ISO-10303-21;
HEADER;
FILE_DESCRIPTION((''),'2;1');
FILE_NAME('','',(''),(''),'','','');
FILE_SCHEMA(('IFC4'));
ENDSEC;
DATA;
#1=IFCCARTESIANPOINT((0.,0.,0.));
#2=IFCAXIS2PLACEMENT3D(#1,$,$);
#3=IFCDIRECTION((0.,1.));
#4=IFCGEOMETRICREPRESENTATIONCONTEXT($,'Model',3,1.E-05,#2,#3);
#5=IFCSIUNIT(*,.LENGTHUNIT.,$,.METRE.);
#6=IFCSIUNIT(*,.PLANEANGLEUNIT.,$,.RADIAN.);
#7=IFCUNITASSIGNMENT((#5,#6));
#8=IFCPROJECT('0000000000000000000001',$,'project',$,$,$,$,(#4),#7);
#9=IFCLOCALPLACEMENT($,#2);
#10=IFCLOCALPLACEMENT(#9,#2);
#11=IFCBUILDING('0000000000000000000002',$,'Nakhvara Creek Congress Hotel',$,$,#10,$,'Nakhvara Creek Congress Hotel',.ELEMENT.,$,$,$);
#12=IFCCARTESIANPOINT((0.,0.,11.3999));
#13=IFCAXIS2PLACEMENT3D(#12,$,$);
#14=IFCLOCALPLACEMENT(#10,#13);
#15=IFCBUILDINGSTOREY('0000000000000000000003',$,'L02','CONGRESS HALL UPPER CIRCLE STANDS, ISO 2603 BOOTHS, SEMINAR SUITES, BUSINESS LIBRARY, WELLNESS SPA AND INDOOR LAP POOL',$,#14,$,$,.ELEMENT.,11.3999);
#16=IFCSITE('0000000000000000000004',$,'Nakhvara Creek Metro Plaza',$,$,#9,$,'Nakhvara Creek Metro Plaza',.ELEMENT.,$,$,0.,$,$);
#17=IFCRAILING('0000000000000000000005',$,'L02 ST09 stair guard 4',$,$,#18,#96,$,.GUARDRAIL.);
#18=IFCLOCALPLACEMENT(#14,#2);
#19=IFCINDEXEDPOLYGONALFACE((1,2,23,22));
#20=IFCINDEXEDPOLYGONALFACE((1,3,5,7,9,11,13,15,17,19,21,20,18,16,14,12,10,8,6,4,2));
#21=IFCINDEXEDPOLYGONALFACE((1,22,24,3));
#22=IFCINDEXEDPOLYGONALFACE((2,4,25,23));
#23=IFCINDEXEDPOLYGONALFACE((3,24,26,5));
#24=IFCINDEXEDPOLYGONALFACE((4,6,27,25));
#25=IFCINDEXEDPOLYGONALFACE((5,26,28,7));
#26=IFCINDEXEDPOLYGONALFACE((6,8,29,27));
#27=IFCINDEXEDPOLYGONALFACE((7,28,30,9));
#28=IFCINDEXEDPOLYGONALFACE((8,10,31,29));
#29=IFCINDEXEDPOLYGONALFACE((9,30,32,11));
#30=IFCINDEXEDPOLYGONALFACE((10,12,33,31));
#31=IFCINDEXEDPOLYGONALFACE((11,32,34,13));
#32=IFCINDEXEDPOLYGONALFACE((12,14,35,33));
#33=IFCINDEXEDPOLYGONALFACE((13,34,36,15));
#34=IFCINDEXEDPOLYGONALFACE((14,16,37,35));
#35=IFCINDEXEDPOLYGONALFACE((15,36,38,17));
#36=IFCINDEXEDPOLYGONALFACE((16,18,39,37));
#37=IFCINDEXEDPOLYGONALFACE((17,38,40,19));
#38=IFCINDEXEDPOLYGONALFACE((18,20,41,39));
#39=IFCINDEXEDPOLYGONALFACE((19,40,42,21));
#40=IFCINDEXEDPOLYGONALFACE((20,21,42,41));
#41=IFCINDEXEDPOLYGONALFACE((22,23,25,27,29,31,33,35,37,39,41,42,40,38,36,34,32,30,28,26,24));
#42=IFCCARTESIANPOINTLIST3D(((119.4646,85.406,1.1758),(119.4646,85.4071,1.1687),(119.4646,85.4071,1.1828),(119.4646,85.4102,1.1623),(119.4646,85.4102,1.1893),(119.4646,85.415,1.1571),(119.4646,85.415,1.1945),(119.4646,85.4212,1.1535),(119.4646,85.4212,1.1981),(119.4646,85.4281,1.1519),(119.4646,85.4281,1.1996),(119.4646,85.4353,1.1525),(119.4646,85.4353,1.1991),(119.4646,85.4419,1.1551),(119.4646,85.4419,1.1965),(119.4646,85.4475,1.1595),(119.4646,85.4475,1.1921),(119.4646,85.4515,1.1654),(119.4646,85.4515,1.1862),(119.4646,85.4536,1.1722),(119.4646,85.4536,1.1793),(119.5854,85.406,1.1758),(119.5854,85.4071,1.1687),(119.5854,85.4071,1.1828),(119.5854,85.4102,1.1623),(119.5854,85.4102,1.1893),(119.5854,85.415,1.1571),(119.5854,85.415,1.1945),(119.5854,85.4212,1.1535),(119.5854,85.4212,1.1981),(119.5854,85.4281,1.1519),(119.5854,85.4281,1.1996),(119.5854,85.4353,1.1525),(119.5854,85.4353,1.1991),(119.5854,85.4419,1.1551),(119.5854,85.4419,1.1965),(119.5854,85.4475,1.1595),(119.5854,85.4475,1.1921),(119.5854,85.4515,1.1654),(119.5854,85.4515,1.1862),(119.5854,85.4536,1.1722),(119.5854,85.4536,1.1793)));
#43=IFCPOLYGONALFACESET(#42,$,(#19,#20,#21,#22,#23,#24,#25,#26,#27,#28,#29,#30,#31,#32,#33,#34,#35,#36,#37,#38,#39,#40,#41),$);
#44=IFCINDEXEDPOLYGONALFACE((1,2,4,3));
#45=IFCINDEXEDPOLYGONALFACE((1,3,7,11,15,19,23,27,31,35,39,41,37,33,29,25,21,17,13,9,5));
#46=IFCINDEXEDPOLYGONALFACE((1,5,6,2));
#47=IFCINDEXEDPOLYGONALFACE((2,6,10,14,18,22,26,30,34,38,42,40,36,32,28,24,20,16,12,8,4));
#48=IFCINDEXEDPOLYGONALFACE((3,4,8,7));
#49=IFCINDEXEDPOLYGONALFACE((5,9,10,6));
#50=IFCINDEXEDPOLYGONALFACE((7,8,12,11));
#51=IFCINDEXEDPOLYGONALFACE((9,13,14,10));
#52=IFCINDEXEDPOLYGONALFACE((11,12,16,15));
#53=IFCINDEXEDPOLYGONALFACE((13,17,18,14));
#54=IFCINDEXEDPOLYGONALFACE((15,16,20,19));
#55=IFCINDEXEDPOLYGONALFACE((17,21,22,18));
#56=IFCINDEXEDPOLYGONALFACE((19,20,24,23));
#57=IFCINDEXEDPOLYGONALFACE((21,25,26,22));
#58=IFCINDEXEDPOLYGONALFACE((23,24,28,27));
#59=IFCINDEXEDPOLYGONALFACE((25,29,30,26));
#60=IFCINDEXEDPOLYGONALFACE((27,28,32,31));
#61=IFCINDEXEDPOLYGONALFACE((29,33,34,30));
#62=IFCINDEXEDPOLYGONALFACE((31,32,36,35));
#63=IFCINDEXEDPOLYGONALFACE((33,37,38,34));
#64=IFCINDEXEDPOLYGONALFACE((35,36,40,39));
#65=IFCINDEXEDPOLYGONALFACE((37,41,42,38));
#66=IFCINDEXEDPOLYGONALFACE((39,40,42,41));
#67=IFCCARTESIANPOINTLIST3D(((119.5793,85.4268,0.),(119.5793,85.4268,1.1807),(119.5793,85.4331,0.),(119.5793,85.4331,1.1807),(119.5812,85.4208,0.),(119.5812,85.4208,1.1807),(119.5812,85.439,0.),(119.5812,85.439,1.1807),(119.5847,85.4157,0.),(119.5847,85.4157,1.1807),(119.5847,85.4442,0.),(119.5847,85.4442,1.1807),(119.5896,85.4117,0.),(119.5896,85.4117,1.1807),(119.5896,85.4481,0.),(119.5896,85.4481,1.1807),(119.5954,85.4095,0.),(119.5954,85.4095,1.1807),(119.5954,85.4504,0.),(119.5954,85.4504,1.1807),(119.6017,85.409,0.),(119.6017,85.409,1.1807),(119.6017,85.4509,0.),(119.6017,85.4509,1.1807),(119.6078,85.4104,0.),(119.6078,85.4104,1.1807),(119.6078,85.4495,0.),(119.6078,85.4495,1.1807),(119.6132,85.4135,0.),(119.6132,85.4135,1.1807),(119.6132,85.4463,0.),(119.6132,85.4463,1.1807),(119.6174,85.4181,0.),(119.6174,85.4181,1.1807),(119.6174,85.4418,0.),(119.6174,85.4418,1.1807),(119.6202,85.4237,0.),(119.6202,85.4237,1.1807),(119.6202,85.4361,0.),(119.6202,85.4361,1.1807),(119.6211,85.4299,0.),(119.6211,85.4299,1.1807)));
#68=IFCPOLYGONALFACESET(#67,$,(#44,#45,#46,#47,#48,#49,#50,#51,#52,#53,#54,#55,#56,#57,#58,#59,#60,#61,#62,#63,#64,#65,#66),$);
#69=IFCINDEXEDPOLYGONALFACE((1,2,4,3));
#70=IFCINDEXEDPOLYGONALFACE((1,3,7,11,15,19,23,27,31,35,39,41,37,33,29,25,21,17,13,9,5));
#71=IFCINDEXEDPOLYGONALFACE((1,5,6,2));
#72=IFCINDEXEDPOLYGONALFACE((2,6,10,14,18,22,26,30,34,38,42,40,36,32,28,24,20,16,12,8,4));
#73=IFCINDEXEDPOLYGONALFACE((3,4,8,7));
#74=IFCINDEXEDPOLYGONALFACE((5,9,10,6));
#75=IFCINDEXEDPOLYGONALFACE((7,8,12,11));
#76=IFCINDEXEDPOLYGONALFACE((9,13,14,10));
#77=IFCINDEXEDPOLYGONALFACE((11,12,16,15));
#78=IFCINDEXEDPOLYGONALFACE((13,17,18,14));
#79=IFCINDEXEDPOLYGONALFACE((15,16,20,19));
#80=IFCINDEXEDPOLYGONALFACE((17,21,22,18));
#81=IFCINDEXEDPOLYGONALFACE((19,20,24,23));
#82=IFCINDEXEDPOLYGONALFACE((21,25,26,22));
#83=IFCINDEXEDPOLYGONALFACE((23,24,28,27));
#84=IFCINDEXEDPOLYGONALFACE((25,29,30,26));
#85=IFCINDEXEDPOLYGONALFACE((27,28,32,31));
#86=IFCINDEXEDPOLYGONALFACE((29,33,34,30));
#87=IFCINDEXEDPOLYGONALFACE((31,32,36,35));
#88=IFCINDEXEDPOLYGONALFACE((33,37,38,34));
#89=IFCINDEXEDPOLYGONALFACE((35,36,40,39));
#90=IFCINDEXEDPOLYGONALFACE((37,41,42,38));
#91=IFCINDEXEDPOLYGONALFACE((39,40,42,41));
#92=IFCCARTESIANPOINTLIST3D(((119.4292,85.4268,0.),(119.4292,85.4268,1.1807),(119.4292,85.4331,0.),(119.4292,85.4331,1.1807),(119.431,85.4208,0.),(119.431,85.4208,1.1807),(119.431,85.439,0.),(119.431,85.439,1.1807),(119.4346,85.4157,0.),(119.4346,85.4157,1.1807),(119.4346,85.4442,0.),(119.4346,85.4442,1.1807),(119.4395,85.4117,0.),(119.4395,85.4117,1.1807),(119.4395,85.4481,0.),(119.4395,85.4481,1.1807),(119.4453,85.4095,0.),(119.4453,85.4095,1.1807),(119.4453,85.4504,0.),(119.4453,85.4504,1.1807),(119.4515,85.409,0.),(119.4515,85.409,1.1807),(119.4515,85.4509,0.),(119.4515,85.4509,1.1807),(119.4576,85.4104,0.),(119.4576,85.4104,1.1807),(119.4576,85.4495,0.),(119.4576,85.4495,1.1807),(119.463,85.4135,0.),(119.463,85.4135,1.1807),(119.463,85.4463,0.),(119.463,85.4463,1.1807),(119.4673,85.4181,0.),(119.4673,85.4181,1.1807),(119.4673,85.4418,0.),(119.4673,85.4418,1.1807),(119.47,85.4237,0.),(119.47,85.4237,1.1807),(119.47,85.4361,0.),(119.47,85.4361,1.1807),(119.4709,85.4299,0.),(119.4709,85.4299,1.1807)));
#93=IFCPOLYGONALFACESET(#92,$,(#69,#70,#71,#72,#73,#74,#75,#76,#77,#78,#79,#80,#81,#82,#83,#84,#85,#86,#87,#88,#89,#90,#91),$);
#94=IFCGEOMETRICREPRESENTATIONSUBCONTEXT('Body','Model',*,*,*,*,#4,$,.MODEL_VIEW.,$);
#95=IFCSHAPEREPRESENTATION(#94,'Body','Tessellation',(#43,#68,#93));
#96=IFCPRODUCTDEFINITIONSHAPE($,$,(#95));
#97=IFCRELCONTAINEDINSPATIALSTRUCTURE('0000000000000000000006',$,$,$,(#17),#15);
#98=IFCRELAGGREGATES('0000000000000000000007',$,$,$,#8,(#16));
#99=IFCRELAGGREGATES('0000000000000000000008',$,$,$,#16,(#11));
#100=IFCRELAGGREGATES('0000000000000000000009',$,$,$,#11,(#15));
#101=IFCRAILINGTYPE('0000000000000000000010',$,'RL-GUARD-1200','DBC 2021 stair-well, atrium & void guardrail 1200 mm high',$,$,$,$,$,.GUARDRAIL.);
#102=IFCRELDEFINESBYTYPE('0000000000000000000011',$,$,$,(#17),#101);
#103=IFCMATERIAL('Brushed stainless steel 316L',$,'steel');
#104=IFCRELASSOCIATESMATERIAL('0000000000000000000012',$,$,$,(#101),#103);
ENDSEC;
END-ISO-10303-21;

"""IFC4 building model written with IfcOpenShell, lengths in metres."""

from ifc_helpers import new_model, si_unit, direction, frame, origin, origin_2d, place, context, subcontext, project, spatial, circle, extrude, material, type_object, element, save


model = new_model("IFC4")

# Units and contexts
model_context = context("Model", 3, precision=1e-05, world=origin(), true_north=direction((0.0, 1.0)))
body_context = subcontext(model_context, "Body", "Model", "MODEL_VIEW")
ifc_project = project(units=[si_unit("LENGTHUNIT", "METRE"), si_unit("PLANEANGLEUNIT", "RADIAN")], contexts=[model_context])

# Site, building, storey
site_placement = place(None, origin())
site = spatial("IfcSite", under=ifc_project, at=site_placement, Name="Nakhvara Creek Metro Plaza", LongName="Nakhvara Creek Metro Plaza", CompositionType="ELEMENT", RefElevation=0.0)
building_placement = place(site_placement, origin())
building = spatial("IfcBuilding", under=site, at=building_placement, Name="Nakhvara Creek Congress Hotel", LongName="Nakhvara Creek Congress Hotel", CompositionType="ELEMENT")
storey_placement = place(building_placement, frame((0.0, 0.0, 11.3999)))
storey = spatial("IfcBuildingStorey", under=building, at=storey_placement, Name="L02", Description="CONGRESS HALL UPPER CIRCLE STANDS, ISO 2603 BOOTHS, SEMINAR SUITES, BUSINESS LIBRARY, WELLNESS SPA AND INDOOR LAP POOL", CompositionType="ELEMENT", Elevation=11.3999)

# Railing
ifc_material_1 = material(Name="Brushed stainless steel 316L", Category="steel")
railing_type_1 = type_object("IfcRailingType", Name="RL-GUARD-1200", Description="DBC 2021 stair-well, atrium & void guardrail 1200 mm high", PredefinedType="GUARDRAIL", material=ifc_material_1)
railing_1_placement = place(storey_placement, frame((119.6001, 85.4299, 0.0)))
element("IfcRailing", 1, at=railing_1_placement, inside=storey, type_object=railing_type_1, Name="L02 ST09 stair guard 4", PredefinedType="GUARDRAIL", context=body_context, shape_type="SweptSolid", body=[
    extrude(circle(Radius=0.0239, at=origin_2d()), frame((-0.0146, 0.0, 1.1758), z_axis=(-1.0, 0.0, 0.0), x_axis=(0.0, -1.0, 0.0)), (0.0, 0.0, 1.0), 0.1208),
    extrude(circle(Radius=0.021, at=origin_2d()), origin(), (0.0, 0.0, 1.0), 1.1807),
    extrude(circle(Radius=0.021, at=origin_2d()), frame((-0.1501, 0.0, 0.0)), (0.0, 0.0, 1.0), 1.1807),
])

save(model, "model.ifc")
